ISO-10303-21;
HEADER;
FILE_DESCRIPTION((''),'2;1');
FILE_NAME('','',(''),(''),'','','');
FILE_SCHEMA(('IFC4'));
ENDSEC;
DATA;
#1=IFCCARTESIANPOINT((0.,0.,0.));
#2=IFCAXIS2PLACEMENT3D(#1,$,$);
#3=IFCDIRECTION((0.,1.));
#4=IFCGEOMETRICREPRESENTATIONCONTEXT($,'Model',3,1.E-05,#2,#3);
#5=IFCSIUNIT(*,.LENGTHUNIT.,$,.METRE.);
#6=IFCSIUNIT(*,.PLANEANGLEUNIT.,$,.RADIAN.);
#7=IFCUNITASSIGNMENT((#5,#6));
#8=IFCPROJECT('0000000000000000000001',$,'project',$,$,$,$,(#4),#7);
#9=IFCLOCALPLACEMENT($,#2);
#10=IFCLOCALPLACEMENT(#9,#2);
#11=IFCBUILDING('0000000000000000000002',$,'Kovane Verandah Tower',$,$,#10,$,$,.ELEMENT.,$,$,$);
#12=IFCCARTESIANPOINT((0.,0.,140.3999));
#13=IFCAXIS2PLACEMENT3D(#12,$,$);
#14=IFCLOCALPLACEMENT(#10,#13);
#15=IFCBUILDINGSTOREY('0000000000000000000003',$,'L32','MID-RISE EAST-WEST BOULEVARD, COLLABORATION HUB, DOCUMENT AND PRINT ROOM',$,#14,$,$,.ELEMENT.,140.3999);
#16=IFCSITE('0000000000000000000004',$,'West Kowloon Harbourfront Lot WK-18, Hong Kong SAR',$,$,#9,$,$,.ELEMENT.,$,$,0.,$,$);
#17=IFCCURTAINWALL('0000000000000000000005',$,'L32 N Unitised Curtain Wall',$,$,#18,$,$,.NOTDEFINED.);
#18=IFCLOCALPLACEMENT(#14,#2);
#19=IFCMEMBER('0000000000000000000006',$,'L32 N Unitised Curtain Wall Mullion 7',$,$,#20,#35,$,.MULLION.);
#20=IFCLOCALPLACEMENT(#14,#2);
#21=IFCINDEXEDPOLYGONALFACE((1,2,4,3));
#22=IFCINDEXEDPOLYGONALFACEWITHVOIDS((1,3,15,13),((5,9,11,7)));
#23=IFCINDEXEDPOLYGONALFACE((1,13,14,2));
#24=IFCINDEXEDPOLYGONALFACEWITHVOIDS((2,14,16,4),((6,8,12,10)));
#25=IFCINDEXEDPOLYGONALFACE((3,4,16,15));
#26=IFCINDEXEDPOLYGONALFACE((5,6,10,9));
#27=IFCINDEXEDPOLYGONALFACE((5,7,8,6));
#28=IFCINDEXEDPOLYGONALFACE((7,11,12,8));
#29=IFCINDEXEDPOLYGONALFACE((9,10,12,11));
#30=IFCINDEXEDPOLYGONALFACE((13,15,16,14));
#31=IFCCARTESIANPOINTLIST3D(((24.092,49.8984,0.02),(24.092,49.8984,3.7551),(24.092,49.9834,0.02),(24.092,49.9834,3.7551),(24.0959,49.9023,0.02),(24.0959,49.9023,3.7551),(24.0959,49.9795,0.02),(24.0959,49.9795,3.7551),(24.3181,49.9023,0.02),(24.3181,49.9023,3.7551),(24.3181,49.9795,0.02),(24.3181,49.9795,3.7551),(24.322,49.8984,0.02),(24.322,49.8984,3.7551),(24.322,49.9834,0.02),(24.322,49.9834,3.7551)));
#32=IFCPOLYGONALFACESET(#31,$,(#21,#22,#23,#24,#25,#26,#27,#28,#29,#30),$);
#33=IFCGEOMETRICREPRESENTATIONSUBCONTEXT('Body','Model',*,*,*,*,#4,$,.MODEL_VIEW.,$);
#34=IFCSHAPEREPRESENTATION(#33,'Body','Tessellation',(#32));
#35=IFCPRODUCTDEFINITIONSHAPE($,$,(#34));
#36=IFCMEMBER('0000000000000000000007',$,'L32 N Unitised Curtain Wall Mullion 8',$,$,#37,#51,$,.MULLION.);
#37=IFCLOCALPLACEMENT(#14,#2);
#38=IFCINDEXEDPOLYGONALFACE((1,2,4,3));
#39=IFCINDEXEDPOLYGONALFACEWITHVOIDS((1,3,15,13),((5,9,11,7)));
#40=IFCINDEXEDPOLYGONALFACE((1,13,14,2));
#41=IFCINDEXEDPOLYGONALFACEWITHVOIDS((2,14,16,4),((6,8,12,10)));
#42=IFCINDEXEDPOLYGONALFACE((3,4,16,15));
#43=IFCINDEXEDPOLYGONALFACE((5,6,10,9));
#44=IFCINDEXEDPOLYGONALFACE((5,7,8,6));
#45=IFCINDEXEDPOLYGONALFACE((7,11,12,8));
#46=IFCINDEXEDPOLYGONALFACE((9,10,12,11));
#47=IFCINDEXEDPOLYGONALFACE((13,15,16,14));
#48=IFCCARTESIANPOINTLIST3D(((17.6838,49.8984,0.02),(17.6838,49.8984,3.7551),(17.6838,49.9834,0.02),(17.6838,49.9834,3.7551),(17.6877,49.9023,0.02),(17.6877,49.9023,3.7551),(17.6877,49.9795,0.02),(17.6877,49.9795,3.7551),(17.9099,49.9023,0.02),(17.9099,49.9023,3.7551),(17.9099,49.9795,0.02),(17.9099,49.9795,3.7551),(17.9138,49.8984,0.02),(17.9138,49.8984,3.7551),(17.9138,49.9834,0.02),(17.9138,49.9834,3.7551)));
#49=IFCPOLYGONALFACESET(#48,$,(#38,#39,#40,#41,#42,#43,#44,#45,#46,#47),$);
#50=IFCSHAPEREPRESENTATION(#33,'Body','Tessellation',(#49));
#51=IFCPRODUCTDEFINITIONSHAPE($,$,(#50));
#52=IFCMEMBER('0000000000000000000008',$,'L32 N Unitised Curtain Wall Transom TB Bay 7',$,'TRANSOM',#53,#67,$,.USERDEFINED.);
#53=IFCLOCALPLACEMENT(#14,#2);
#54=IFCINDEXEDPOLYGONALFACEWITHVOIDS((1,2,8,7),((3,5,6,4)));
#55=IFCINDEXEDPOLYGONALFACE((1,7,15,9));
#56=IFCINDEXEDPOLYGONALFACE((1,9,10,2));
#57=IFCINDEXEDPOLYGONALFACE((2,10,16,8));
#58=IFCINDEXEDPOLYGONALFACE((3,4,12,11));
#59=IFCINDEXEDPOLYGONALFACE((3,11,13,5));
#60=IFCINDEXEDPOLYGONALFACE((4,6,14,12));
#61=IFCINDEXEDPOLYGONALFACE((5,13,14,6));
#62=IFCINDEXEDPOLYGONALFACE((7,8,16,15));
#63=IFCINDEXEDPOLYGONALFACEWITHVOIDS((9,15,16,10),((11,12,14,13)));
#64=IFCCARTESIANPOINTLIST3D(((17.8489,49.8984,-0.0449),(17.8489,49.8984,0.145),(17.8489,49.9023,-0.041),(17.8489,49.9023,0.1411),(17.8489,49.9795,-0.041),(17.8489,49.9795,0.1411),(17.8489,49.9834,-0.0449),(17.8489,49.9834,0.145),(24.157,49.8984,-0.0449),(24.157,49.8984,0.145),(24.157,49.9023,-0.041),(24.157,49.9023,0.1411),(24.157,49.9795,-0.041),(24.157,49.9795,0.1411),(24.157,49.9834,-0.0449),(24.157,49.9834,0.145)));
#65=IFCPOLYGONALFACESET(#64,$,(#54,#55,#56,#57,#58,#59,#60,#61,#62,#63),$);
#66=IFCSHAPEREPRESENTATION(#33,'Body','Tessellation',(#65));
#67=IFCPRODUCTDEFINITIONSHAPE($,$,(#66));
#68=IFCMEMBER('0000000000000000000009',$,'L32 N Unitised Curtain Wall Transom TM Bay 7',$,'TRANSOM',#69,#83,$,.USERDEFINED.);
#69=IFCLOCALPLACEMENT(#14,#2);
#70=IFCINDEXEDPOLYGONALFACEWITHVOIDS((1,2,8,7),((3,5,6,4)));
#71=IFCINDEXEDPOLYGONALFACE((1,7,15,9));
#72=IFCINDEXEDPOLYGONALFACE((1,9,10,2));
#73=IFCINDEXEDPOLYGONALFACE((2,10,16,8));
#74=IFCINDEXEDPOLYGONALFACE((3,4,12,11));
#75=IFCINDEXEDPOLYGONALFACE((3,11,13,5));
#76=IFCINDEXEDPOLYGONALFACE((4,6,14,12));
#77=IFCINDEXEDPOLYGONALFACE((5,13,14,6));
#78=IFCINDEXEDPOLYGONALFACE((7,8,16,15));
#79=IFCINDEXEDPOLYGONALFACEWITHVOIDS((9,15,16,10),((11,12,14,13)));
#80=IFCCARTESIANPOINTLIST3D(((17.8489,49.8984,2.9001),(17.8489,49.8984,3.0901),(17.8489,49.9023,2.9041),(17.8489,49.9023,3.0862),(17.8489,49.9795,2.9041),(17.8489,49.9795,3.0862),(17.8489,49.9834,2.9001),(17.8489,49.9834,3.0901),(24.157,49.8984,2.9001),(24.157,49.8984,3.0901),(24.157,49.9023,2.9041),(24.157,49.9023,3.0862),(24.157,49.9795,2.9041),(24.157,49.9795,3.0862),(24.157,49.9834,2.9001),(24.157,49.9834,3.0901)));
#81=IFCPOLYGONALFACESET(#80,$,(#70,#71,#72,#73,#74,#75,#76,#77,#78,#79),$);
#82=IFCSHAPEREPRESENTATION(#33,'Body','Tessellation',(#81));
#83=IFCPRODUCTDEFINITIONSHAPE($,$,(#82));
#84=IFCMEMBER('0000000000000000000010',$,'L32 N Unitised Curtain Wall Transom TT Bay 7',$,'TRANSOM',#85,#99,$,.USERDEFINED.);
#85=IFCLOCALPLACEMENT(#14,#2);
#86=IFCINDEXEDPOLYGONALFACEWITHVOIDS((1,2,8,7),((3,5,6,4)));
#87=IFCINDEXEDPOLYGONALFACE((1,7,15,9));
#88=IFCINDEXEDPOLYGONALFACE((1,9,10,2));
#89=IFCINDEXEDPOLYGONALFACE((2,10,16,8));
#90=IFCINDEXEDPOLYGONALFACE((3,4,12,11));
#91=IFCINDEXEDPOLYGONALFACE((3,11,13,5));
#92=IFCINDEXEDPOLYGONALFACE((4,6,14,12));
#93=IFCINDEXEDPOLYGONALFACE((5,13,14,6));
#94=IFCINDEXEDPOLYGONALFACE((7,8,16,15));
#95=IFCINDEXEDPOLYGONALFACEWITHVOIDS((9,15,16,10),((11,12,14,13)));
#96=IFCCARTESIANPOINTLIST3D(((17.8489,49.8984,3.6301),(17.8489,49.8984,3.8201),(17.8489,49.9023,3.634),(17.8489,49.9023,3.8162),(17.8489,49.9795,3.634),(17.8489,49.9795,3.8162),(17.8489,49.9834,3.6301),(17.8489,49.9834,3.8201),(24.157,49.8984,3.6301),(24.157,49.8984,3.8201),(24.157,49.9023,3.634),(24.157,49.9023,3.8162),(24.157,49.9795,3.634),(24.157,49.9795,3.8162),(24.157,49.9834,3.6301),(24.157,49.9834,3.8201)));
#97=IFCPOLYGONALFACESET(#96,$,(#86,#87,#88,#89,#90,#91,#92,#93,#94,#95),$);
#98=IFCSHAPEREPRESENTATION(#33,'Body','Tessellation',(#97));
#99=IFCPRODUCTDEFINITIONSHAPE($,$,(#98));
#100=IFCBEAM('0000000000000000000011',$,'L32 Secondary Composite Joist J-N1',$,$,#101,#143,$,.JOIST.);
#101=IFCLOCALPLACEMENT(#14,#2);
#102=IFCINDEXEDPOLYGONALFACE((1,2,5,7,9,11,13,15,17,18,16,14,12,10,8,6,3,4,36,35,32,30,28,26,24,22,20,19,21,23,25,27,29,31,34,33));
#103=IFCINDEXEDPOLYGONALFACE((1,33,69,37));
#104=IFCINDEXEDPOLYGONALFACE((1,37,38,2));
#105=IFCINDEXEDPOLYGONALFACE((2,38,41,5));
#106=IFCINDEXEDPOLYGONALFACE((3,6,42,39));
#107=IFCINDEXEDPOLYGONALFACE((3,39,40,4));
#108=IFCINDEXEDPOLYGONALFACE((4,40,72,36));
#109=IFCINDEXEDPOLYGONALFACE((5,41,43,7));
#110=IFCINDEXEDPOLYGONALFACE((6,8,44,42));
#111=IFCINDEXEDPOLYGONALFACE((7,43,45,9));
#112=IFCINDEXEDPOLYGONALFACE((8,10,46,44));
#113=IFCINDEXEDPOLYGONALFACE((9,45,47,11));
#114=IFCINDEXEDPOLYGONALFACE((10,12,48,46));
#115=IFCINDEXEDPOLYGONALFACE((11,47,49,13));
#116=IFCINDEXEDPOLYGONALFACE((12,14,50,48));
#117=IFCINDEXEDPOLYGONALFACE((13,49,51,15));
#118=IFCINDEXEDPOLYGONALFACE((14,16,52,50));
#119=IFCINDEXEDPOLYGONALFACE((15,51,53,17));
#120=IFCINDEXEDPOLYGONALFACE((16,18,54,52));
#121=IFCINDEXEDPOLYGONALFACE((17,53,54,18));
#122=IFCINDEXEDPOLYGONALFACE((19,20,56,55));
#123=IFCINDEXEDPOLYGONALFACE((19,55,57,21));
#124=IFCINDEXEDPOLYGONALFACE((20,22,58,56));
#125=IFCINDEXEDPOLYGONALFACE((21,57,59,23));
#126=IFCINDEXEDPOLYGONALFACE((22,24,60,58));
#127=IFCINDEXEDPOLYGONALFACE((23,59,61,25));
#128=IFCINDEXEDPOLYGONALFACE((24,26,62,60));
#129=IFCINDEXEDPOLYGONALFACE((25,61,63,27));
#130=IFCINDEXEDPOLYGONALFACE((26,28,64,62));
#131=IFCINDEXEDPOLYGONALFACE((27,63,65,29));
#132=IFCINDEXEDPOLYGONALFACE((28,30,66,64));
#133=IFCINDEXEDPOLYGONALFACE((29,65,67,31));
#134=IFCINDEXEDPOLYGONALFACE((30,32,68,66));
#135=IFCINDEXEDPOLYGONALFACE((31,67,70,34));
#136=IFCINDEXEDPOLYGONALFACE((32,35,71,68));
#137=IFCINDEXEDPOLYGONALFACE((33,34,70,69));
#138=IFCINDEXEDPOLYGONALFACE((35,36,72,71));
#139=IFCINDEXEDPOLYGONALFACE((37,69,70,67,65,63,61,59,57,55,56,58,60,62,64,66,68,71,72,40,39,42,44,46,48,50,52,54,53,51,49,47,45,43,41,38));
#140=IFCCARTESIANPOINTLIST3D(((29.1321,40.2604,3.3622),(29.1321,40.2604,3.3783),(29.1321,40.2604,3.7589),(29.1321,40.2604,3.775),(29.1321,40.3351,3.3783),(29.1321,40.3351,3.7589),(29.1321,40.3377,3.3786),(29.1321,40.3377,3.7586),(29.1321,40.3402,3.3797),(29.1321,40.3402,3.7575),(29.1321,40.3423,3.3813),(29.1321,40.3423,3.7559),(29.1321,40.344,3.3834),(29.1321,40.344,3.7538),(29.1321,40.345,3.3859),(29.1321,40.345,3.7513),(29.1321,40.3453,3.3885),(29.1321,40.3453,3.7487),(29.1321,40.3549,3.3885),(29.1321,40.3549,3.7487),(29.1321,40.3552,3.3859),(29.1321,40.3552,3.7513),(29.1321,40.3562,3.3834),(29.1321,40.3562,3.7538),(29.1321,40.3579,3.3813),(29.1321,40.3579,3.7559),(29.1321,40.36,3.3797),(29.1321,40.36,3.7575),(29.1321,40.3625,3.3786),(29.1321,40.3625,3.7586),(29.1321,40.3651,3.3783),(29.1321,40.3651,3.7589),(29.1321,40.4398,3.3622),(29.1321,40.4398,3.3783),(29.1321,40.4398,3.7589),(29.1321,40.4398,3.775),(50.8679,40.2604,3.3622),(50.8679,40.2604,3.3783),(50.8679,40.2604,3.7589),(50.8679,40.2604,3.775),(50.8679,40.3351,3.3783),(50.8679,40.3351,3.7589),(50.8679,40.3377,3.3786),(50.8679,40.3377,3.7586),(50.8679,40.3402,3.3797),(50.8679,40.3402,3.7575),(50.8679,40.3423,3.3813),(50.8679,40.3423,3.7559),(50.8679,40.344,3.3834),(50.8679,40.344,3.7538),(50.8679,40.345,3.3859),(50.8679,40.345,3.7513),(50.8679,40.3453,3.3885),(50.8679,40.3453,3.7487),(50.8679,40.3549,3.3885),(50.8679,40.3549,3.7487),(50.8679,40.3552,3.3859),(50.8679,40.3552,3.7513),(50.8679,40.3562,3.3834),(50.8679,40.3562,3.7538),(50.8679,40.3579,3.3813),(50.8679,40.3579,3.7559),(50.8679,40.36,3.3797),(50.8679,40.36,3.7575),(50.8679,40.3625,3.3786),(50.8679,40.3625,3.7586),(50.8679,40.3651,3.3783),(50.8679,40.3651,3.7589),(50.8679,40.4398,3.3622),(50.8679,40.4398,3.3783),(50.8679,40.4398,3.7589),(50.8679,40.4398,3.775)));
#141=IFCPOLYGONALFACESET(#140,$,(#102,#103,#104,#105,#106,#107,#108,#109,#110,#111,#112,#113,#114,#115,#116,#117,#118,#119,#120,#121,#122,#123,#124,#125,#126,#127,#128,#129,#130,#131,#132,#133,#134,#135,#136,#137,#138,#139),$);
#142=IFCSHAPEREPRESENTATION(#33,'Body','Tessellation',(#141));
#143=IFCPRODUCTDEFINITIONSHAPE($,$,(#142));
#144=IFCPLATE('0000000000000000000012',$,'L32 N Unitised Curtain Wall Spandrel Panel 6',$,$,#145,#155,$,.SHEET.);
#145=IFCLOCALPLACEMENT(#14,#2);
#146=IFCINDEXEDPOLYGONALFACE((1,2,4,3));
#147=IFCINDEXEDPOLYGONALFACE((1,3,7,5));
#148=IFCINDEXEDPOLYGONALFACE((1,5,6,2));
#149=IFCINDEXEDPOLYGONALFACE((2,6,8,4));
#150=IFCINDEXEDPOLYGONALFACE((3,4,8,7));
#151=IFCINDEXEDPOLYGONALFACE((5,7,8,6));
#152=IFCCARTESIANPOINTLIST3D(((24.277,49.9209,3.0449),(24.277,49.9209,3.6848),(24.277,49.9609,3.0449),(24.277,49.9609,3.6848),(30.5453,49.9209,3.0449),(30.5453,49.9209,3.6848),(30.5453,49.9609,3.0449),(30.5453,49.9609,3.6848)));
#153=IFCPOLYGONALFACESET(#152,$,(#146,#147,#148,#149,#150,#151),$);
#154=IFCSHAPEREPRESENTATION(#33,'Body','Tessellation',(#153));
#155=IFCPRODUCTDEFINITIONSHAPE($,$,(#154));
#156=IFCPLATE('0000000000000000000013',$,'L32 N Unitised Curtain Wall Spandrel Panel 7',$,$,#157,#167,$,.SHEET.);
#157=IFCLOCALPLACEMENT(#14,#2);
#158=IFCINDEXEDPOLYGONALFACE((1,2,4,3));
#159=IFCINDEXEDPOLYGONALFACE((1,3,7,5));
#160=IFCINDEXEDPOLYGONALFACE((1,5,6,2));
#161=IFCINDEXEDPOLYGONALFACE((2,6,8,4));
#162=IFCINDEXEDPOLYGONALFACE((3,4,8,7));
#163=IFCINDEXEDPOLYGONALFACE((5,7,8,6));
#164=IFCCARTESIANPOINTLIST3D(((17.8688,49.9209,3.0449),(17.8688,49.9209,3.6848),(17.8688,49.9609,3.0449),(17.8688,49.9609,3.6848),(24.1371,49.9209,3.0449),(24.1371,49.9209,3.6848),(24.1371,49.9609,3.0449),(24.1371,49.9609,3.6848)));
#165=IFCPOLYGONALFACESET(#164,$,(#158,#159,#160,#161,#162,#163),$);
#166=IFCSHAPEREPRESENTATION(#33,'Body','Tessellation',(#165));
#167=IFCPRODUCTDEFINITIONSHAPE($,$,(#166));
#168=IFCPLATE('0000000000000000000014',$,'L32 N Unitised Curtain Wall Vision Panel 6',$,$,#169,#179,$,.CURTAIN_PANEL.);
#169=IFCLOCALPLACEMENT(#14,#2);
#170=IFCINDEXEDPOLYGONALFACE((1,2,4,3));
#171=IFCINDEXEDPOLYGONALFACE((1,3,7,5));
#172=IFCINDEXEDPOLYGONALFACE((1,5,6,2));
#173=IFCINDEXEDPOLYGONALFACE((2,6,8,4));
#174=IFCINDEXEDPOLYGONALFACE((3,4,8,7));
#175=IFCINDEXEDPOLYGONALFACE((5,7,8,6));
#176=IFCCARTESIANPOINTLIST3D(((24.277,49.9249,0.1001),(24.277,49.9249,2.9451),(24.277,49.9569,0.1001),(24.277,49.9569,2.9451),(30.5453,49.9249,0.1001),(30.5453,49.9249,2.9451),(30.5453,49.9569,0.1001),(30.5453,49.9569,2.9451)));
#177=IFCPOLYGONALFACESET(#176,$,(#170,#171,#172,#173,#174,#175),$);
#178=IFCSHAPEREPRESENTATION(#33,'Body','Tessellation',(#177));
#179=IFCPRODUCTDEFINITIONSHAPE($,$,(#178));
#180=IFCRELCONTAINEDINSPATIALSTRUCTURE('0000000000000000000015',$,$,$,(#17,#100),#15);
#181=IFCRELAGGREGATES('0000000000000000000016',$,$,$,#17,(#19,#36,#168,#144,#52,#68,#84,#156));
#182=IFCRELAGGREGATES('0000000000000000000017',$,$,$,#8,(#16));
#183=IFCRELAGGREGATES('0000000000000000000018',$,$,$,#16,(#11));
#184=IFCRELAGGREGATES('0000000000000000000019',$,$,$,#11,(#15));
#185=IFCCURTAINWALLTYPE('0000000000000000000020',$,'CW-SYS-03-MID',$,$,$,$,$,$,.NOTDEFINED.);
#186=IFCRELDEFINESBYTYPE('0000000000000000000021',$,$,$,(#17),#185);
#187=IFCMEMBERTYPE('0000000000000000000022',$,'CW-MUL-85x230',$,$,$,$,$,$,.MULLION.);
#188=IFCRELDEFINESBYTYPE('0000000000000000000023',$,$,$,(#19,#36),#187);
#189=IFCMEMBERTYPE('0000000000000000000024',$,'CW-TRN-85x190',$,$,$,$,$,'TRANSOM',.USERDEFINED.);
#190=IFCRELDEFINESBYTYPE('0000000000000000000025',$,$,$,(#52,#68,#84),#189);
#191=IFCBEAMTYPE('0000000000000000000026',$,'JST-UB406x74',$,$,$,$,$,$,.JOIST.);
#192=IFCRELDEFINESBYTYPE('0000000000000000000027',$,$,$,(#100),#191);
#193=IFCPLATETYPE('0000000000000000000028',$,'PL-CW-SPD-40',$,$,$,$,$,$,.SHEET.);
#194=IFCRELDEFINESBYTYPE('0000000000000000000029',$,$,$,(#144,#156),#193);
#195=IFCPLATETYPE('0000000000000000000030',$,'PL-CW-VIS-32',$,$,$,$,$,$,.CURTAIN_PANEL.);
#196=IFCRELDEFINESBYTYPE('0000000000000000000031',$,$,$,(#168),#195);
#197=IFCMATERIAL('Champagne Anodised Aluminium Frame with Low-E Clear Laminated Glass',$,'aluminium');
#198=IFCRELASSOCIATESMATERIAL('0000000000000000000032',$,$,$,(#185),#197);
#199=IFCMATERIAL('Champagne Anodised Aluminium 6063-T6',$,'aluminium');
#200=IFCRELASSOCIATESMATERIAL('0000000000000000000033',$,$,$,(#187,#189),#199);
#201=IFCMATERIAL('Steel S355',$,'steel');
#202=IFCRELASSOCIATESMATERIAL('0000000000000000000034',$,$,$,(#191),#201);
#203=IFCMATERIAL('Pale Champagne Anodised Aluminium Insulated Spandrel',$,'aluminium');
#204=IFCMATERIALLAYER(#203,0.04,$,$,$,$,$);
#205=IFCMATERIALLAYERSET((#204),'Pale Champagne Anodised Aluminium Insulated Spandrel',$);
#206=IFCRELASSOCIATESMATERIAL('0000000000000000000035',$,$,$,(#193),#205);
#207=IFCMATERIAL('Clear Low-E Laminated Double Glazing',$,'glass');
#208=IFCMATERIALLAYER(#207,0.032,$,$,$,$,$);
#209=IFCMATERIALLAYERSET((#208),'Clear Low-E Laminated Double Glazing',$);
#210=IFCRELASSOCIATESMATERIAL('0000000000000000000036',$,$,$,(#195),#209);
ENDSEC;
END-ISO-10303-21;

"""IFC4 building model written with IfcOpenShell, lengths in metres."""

from ifc_helpers import new_model, si_unit, direction, frame, origin, origin_2d, place, context, subcontext, project, spatial, rectangle, hollow_rectangle, i_section, extrude, material, layer, layer_set, material_profile, profile_set, type_object, element, aggregate, save


model = new_model("IFC4")

# Units and contexts
model_context = context("Model", 3, precision=1e-05, world=origin(), true_north=direction((0.0, 1.0)))
body_context = subcontext(model_context, "Body", "Model", "MODEL_VIEW")
ifc_project = project(units=[si_unit("LENGTHUNIT", "METRE"), si_unit("PLANEANGLEUNIT", "RADIAN")], contexts=[model_context])

# Site, building, storey
site_placement = place(None, origin())
site = spatial("IfcSite", under=ifc_project, at=site_placement, Name="West Kowloon Harbourfront Lot WK-18, Hong Kong SAR", CompositionType="ELEMENT", RefElevation=0.0)
building_placement = place(site_placement, origin())
building = spatial("IfcBuilding", under=site, at=building_placement, Name="Kovane Verandah Tower", CompositionType="ELEMENT")
storey_placement = place(building_placement, frame((0.0, 0.0, 140.3999)))
storey = spatial("IfcBuildingStorey", under=building, at=storey_placement, Name="L32", Description="MID-RISE EAST-WEST BOULEVARD, COLLABORATION HUB, DOCUMENT AND PRINT ROOM", CompositionType="ELEMENT", Elevation=140.3999)

# Shared definitions
ifc_material_1 = material(Name="Steel S355", Category="steel")

# Curtain wall, members
ifc_material_2 = material(Name="Champagne Anodised Aluminium Frame with Low-E Clear Laminated Glass", Category="aluminium")
curtain_wall_type = type_object("IfcCurtainWallType", Name="CW-SYS-03-MID", PredefinedType="NOTDEFINED", material=ifc_material_2)
curtain_wall_placement = place(storey_placement, origin())
curtain_wall = element("IfcCurtainWall", 1, at=curtain_wall_placement, inside=storey, type_object=curtain_wall_type, Name="L32 N Unitised Curtain Wall", PredefinedType="NOTDEFINED")
ifc_material_3 = material(Name="Champagne Anodised Aluminium 6063-T6", Category="aluminium")
ifc_material_profile_1 = material_profile(ifc_material_3, hollow_rectangle(XDim=0.085, YDim=0.23, WallThickness=0.0039, at=origin_2d()), Name="AL85x230x4")
ifc_profile_set_1 = profile_set([ifc_material_profile_1], Name="Champagne Anodised Aluminium 6063-T6")
member_type_1 = type_object("IfcMemberType", Name="CW-MUL-85x230", PredefinedType="MULLION", material=ifc_profile_set_1)
member_1_placement = place(storey_placement, frame((24.207, 49.9409, 0.02), z_axis=(0.0, 0.0, 1.0), x_axis=(0.0, 1.0, 0.0)))
member_1 = element("IfcMember", 2, at=member_1_placement, type_object=member_type_1, Name="L32 N Unitised Curtain Wall Mullion 7", PredefinedType="MULLION", context=body_context, shape_type="SweptSolid", body=[
    extrude(hollow_rectangle(XDim=0.085, YDim=0.23, WallThickness=0.0039, at=origin_2d()), origin(), (0.0, 0.0, 1.0), 3.7351),
])
member_2_placement = place(storey_placement, frame((17.7988, 49.9409, 0.02), z_axis=(0.0, 0.0, 1.0), x_axis=(0.0, 1.0, 0.0)))
member_2 = element("IfcMember", 3, at=member_2_placement, type_object=member_type_1, Name="L32 N Unitised Curtain Wall Mullion 8", PredefinedType="MULLION", context=body_context, shape_type="SweptSolid", body=[
    extrude(hollow_rectangle(XDim=0.085, YDim=0.23, WallThickness=0.0039, at=origin_2d()), origin(), (0.0, 0.0, 1.0), 3.7351),
])
ifc_material_profile_2 = material_profile(ifc_material_3, hollow_rectangle(XDim=0.085, YDim=0.1899, WallThickness=0.0039, at=origin_2d()), Name="AL85x190x4")
ifc_profile_set_2 = profile_set([ifc_material_profile_2], Name="Champagne Anodised Aluminium 6063-T6")
member_type_2 = type_object("IfcMemberType", Name="CW-TRN-85x190", ElementType="TRANSOM", PredefinedType="USERDEFINED", material=ifc_profile_set_2)
member_3_placement = place(storey_placement, frame((24.157, 49.9409, 0.05), z_axis=(-1.0, 0.0, 0.0), x_axis=(0.0, -1.0, 0.0)))
member_3 = element("IfcMember", 4, at=member_3_placement, type_object=member_type_2, Name="L32 N Unitised Curtain Wall Transom TB Bay 7", ObjectType="TRANSOM", PredefinedType="USERDEFINED", context=body_context, shape_type="SweptSolid", body=[
    extrude(hollow_rectangle(XDim=0.085, YDim=0.1899, WallThickness=0.0039, at=origin_2d()), origin(), (0.0, 0.0, 1.0), 6.3081),
])
member_4_placement = place(storey_placement, frame((24.157, 49.9409, 2.9951), z_axis=(-1.0, 0.0, 0.0), x_axis=(0.0, -1.0, 0.0)))
member_4 = element("IfcMember", 5, at=member_4_placement, type_object=member_type_2, Name="L32 N Unitised Curtain Wall Transom TM Bay 7", ObjectType="TRANSOM", PredefinedType="USERDEFINED", context=body_context, shape_type="SweptSolid", body=[
    extrude(hollow_rectangle(XDim=0.085, YDim=0.1899, WallThickness=0.0039, at=origin_2d()), origin(), (0.0, 0.0, 1.0), 6.3081),
])
member_5_placement = place(storey_placement, frame((24.157, 49.9409, 3.7251), z_axis=(-1.0, 0.0, 0.0), x_axis=(0.0, -1.0, 0.0)))
member_5 = element("IfcMember", 6, at=member_5_placement, type_object=member_type_2, Name="L32 N Unitised Curtain Wall Transom TT Bay 7", ObjectType="TRANSOM", PredefinedType="USERDEFINED", context=body_context, shape_type="SweptSolid", body=[
    extrude(hollow_rectangle(XDim=0.085, YDim=0.1899, WallThickness=0.0039, at=origin_2d()), origin(), (0.0, 0.0, 1.0), 6.3081),
])

# Beam
ifc_material_profile_3 = material_profile(ifc_material_1, i_section(OverallWidth=0.1794, OverallDepth=0.4128, WebThickness=0.0095, FlangeThickness=0.0161, FilletRadius=0.0103, at=origin_2d()), Name="UB406x178x74")
ifc_profile_set_3 = profile_set([ifc_material_profile_3], Name="Steel S355")
beam_type_1 = type_object("IfcBeamType", Name="JST-UB406x74", PredefinedType="JOIST", material=ifc_profile_set_3)
beam_1_placement = place(storey_placement, frame((29.1321, 40.3501, 3.5686), z_axis=(1.0, 0.0, 0.0), x_axis=(0.0, 1.0, 0.0)))
element("IfcBeam", 7, at=beam_1_placement, inside=storey, type_object=beam_type_1, Name="L32 Secondary Composite Joist J-N1", PredefinedType="JOIST", context=body_context, shape_type="SweptSolid", body=[
    extrude(i_section(OverallWidth=0.1794, OverallDepth=0.4128, WebThickness=0.0095, FlangeThickness=0.0161, FilletRadius=0.0103, at=origin_2d()), origin(), (0.0, 0.0, 1.0), 21.7358),
])

# Plates
ifc_material_4 = material(Name="Pale Champagne Anodised Aluminium Insulated Spandrel", Category="aluminium")
ifc_layer_1 = layer(ifc_material_4, 0.04)
ifc_layer_set_1 = layer_set([ifc_layer_1], Name="Pale Champagne Anodised Aluminium Insulated Spandrel")
plate_type_1 = type_object("IfcPlateType", Name="PL-CW-SPD-40", PredefinedType="SHEET", material=ifc_layer_set_1)
plate_1_placement = place(storey_placement, frame((27.4111, 49.9409, 3.0449), z_axis=(0.0, 0.0, 1.0), x_axis=(-1.0, 0.0, 0.0)))
plate_1 = element("IfcPlate", 8, at=plate_1_placement, type_object=plate_type_1, Name="L32 N Unitised Curtain Wall Spandrel Panel 6", PredefinedType="SHEET", context=body_context, shape_type="SweptSolid", body=[
    extrude(rectangle(XDim=6.2683, YDim=0.04, at=origin_2d()), origin(), (0.0, 0.0, 1.0), 0.6399),
])
plate_2_placement = place(storey_placement, frame((21.0029, 49.9409, 3.0449), z_axis=(0.0, 0.0, 1.0), x_axis=(-1.0, 0.0, 0.0)))
plate_2 = element("IfcPlate", 9, at=plate_2_placement, type_object=plate_type_1, Name="L32 N Unitised Curtain Wall Spandrel Panel 7", PredefinedType="SHEET", context=body_context, shape_type="SweptSolid", body=[
    extrude(rectangle(XDim=6.2683, YDim=0.04, at=origin_2d()), origin(), (0.0, 0.0, 1.0), 0.6399),
])
ifc_material_5 = material(Name="Clear Low-E Laminated Double Glazing", Category="glass")
ifc_layer_2 = layer(ifc_material_5, 0.032)
ifc_layer_set_2 = layer_set([ifc_layer_2], Name="Clear Low-E Laminated Double Glazing")
plate_type_2 = type_object("IfcPlateType", Name="PL-CW-VIS-32", PredefinedType="CURTAIN_PANEL", material=ifc_layer_set_2)
plate_3_placement = place(storey_placement, frame((27.4111, 49.9409, 0.1001), z_axis=(0.0, 0.0, 1.0), x_axis=(-1.0, 0.0, 0.0)))
plate_3 = element("IfcPlate", 10, at=plate_3_placement, type_object=plate_type_2, Name="L32 N Unitised Curtain Wall Vision Panel 6", PredefinedType="CURTAIN_PANEL", context=body_context, shape_type="SweptSolid", body=[
    extrude(rectangle(XDim=6.2683, YDim=0.032, at=origin_2d()), origin(), (0.0, 0.0, 1.0), 2.845),
])
aggregate(curtain_wall, [member_1, member_2, plate_3, plate_1, member_3, member_4, member_5, plate_2])

save(model, "model.ifc")
